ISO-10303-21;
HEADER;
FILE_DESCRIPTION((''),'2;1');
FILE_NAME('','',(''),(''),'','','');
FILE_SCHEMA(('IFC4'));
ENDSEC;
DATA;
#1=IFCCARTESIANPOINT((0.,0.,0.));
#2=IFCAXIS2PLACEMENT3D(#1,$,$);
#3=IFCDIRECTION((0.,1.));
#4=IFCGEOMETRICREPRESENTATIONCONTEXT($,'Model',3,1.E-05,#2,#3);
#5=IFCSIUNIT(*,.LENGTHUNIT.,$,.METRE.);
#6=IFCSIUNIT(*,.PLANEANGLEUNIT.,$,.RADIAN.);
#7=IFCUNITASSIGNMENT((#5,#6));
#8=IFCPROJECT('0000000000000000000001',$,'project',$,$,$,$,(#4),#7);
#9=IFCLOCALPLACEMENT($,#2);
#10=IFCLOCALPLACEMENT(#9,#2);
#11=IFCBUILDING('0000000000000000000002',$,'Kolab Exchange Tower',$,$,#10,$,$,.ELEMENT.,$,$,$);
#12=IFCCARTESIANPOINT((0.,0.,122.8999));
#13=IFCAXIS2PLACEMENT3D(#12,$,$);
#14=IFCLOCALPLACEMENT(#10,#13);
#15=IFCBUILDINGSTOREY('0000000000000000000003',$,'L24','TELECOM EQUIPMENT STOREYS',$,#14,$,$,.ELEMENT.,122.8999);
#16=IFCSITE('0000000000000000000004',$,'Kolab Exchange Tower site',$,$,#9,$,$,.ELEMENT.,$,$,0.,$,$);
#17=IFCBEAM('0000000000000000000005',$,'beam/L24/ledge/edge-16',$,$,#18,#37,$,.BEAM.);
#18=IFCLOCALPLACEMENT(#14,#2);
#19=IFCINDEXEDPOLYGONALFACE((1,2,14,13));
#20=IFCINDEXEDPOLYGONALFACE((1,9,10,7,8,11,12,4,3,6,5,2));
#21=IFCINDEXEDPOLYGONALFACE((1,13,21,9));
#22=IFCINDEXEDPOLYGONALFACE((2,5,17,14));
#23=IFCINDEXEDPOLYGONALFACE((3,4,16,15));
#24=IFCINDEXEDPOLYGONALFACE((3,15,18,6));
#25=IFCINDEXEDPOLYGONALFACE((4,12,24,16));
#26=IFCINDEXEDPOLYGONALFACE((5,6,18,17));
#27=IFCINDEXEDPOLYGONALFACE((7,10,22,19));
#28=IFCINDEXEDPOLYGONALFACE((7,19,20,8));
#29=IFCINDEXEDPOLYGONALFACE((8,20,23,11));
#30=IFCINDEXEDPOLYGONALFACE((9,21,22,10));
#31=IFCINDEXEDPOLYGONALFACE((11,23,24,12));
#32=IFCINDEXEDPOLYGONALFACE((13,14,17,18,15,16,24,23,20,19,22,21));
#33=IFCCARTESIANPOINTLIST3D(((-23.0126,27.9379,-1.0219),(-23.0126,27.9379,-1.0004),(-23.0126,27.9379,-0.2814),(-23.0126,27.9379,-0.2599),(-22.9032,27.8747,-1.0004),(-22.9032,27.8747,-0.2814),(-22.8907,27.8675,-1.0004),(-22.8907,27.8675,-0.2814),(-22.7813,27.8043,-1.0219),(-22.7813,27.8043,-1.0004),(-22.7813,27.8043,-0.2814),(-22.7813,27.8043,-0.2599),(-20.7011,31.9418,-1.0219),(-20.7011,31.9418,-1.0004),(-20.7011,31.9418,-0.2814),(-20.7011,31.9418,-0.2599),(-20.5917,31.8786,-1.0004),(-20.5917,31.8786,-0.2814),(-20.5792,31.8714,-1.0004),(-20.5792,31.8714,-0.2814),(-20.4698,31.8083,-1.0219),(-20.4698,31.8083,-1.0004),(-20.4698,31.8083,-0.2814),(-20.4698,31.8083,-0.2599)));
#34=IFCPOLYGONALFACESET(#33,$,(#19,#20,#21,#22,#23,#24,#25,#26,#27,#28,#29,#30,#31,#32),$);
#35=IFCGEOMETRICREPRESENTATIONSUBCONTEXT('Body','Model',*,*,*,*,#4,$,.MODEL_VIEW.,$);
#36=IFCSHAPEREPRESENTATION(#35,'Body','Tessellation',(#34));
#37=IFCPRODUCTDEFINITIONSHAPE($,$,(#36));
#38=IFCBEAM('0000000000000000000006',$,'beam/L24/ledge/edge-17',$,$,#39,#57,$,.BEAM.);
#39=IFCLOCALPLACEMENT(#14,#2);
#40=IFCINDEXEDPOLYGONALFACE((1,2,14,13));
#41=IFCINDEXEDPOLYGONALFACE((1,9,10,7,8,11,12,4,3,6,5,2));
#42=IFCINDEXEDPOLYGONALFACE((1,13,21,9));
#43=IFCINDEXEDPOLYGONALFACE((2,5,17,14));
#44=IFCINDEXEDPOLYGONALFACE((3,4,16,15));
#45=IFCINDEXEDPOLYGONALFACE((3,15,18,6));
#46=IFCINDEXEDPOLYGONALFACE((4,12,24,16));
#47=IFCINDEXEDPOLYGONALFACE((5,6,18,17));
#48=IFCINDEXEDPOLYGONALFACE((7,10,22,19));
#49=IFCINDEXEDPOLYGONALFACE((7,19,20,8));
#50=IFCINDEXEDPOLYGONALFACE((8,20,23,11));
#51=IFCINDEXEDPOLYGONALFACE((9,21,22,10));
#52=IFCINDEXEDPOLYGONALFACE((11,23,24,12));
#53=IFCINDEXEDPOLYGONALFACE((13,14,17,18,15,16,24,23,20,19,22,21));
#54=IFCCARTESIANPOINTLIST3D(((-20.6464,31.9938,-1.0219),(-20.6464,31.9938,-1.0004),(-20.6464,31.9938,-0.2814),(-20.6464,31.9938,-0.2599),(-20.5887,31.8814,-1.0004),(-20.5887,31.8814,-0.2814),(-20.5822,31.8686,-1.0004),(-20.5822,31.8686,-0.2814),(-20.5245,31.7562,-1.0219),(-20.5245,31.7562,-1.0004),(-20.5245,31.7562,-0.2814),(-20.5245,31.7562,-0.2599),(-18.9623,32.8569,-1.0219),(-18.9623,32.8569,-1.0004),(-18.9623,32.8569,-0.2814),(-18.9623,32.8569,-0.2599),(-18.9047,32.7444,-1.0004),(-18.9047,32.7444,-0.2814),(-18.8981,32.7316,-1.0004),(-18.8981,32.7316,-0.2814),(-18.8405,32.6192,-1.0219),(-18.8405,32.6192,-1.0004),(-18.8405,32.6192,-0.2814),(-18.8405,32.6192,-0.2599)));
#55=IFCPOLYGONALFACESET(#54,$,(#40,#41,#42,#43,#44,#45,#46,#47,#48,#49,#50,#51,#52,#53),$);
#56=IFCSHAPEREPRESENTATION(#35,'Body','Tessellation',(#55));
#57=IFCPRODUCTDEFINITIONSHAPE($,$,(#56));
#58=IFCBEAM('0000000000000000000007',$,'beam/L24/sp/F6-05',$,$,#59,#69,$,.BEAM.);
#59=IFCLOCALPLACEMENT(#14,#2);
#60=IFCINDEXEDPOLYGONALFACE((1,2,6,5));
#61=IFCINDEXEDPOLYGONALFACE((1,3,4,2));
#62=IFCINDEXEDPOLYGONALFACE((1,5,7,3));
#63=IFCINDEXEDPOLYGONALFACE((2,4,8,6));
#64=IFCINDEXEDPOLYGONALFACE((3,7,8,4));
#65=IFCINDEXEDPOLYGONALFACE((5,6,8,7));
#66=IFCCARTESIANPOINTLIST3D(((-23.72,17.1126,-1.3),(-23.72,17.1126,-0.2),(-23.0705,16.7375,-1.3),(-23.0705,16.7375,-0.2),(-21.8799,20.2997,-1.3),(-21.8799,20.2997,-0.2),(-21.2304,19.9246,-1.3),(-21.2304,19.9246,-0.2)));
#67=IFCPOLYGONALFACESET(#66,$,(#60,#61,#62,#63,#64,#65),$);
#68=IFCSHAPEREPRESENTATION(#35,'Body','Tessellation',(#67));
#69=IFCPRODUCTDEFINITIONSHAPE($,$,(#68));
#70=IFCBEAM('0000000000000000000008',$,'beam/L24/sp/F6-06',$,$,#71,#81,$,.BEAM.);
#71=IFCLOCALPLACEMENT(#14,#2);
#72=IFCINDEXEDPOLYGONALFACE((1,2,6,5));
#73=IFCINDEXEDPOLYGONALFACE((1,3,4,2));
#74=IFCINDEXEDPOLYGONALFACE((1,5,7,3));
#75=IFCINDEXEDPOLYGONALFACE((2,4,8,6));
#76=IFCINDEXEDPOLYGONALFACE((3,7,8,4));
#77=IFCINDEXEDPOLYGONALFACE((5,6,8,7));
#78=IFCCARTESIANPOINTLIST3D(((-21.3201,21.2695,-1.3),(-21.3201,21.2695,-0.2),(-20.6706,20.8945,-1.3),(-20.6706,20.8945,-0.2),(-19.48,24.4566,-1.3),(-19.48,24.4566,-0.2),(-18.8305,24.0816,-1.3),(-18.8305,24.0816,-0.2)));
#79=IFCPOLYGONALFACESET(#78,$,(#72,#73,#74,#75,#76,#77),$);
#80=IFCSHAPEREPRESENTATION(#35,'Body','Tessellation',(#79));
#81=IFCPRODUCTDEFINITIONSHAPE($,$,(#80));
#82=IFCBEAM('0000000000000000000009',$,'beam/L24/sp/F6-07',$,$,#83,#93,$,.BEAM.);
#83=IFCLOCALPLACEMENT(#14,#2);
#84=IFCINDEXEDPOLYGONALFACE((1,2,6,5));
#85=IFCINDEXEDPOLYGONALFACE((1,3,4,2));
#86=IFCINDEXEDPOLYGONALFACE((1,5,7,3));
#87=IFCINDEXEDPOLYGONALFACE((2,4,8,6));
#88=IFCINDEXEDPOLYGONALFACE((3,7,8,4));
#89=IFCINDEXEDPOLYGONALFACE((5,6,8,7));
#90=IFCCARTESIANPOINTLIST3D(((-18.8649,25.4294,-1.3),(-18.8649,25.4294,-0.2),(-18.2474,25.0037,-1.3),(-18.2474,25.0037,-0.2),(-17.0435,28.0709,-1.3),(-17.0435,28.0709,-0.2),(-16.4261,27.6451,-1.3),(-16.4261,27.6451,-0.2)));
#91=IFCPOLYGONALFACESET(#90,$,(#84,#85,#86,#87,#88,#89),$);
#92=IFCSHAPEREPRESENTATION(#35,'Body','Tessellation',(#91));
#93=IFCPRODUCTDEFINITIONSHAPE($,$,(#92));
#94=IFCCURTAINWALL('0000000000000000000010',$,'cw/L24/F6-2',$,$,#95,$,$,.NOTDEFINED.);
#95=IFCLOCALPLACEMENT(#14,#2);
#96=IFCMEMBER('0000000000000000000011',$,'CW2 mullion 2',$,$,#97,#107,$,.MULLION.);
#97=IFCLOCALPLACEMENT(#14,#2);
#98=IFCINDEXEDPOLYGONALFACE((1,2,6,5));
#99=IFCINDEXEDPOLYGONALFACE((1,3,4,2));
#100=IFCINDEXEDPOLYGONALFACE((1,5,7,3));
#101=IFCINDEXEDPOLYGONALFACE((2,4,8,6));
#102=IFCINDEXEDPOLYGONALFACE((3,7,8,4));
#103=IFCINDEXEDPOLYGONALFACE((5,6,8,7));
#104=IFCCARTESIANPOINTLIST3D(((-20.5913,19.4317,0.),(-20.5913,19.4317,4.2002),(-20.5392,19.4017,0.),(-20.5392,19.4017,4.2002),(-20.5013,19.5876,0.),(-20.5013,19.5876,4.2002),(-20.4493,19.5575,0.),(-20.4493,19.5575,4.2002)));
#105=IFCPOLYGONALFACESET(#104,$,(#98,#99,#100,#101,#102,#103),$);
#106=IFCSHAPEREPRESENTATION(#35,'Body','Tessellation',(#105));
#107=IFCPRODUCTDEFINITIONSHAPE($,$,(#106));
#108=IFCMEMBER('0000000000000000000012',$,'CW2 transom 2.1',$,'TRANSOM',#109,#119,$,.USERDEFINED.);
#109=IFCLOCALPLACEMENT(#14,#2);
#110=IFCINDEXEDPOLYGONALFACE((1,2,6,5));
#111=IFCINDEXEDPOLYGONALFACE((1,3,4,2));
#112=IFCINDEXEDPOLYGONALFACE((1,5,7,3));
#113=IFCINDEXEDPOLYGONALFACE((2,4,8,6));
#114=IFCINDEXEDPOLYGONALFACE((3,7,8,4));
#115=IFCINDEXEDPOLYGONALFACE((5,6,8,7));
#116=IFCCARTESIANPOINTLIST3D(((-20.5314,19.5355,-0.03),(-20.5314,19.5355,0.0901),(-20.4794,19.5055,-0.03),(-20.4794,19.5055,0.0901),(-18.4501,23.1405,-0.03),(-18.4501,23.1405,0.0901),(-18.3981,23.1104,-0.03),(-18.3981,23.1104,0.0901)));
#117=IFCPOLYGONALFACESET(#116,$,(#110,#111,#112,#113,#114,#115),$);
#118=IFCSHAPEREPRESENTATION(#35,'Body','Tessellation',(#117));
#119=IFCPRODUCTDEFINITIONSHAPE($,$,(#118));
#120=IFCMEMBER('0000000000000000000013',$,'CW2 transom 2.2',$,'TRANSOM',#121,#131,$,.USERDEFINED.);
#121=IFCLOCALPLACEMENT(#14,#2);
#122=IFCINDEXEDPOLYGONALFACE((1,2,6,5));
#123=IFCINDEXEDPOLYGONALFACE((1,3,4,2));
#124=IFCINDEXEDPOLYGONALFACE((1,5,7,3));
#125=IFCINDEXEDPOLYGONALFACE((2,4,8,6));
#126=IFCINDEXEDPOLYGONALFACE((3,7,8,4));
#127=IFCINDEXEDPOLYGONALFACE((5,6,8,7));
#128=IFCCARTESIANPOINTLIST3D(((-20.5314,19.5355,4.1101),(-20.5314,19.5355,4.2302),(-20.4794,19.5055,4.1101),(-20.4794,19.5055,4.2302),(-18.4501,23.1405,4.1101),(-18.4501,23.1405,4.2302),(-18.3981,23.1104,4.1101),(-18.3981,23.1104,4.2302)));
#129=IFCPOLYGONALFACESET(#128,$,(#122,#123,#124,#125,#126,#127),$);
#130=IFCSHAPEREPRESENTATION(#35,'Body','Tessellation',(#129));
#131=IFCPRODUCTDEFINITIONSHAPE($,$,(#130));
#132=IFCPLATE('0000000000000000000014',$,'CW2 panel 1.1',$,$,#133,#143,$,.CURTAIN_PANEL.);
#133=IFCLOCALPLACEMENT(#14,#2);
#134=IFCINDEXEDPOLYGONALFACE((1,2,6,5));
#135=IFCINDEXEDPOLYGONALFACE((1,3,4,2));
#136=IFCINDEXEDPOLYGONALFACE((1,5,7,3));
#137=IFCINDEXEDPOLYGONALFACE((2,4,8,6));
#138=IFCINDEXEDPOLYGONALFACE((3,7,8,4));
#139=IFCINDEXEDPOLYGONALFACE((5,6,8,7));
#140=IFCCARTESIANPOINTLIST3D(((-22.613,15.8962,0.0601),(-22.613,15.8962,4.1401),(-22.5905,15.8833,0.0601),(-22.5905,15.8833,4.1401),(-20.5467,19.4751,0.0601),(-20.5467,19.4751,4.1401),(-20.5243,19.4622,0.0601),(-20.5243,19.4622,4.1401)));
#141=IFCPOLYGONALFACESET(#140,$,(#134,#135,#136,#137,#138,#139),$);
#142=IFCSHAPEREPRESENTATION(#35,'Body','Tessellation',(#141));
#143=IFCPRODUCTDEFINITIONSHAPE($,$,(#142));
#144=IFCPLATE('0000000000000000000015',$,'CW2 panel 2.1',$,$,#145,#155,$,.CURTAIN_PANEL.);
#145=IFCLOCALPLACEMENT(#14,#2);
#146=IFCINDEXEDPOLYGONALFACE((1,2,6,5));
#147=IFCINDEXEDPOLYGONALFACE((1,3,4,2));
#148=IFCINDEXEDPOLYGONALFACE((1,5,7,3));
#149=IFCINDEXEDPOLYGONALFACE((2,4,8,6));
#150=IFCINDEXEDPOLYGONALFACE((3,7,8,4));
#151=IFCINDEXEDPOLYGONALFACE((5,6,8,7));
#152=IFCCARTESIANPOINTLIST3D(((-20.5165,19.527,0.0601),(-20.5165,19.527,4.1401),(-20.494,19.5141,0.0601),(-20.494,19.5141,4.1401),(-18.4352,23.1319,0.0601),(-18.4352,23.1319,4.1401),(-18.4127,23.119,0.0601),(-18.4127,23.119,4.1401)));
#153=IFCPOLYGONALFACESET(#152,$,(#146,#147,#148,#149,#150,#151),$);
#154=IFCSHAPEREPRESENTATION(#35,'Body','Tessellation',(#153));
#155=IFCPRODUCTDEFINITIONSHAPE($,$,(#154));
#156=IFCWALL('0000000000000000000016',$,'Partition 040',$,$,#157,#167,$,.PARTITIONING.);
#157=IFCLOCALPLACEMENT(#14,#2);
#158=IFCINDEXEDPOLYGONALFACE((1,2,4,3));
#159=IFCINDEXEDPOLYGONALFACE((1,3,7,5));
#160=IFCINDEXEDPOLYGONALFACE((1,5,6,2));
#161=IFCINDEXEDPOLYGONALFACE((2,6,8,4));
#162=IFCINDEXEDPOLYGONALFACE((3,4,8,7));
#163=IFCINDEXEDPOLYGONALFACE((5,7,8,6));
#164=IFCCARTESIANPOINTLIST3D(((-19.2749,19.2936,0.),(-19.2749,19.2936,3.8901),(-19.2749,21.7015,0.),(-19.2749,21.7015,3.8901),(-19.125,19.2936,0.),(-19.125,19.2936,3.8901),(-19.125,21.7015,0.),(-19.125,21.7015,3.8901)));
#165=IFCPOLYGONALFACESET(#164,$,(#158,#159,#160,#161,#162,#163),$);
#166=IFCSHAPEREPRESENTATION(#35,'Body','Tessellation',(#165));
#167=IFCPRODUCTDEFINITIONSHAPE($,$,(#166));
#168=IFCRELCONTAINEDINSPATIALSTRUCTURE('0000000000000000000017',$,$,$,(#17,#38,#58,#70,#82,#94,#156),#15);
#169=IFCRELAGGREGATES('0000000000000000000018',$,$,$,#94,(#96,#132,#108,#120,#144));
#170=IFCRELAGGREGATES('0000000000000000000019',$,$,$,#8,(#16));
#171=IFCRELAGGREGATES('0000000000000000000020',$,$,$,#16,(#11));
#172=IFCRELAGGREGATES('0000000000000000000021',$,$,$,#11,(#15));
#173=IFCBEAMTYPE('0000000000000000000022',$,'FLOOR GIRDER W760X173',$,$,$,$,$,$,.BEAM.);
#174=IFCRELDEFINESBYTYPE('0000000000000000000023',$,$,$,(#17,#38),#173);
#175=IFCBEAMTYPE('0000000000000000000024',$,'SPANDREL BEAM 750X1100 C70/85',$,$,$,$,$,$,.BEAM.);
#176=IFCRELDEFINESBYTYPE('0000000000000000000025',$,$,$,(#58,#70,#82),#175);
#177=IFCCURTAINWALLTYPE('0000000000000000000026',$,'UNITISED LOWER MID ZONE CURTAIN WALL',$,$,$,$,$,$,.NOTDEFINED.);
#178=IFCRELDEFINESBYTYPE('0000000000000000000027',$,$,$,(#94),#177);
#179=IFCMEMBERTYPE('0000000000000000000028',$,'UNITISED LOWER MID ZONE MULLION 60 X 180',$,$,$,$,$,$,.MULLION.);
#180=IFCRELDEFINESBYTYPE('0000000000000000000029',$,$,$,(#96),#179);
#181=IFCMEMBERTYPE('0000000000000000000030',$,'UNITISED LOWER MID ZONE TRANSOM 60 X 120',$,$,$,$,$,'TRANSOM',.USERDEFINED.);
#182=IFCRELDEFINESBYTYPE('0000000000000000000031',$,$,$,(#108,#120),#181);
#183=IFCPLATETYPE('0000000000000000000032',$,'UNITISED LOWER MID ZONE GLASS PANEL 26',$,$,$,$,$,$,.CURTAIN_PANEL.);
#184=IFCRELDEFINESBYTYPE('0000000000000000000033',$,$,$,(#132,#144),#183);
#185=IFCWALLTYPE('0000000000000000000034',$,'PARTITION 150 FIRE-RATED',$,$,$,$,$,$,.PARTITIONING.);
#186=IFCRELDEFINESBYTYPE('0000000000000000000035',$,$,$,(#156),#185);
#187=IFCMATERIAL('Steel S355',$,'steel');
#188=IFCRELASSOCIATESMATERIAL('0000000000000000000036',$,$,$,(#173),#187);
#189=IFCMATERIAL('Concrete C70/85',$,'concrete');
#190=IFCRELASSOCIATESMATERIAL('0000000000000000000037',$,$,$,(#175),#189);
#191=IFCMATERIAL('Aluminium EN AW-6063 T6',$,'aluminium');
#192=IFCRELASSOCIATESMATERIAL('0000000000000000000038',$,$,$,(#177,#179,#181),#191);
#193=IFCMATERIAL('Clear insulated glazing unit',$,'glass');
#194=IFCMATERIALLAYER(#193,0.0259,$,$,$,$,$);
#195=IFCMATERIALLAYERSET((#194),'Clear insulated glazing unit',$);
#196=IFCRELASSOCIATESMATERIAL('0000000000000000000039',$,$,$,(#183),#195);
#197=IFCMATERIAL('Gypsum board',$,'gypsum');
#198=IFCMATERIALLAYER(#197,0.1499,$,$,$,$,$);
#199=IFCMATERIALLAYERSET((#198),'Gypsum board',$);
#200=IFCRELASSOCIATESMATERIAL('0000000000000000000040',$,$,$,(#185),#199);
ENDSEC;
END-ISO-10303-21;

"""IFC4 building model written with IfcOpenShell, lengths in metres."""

from ifc_helpers import new_model, si_unit, direction, frame, frame_2d, origin, origin_2d, place, context, subcontext, project, spatial, rectangle, i_section, extrude, material, layer, layer_set, material_profile, profile_set, type_object, element, aggregate, save


model = new_model("IFC4")

# Units and contexts
model_context = context("Model", 3, precision=1e-05, world=origin(), true_north=direction((0.0, 1.0)))
body_context = subcontext(model_context, "Body", "Model", "MODEL_VIEW")
ifc_project = project(units=[si_unit("LENGTHUNIT", "METRE"), si_unit("PLANEANGLEUNIT", "RADIAN")], contexts=[model_context])

# Site, building, storey
site_placement = place(None, origin())
site = spatial("IfcSite", under=ifc_project, at=site_placement, Name="Kolab Exchange Tower site", CompositionType="ELEMENT", RefElevation=0.0)
building_placement = place(site_placement, origin())
building = spatial("IfcBuilding", under=site, at=building_placement, Name="Kolab Exchange Tower", CompositionType="ELEMENT")
storey_placement = place(building_placement, frame((0.0, 0.0, 122.8999)))
storey = spatial("IfcBuildingStorey", under=building, at=storey_placement, Name="L24", Description="TELECOM EQUIPMENT STOREYS", CompositionType="ELEMENT", Elevation=122.8999)

# Shared definitions
ifc_material_1 = material(Name="Concrete C70/85", Category="concrete")

# Beams
ifc_material_2 = material(Name="Steel S355", Category="steel")
ifc_material_profile_1 = material_profile(ifc_material_2, i_section(OverallWidth=0.2671, OverallDepth=0.762, WebThickness=0.0144, FlangeThickness=0.0215, at=origin_2d()), Name="W760X173")
ifc_profile_set_1 = profile_set([ifc_material_profile_1], Name="Steel S355")
beam_type_1 = type_object("IfcBeamType", Name="FLOOR GIRDER W760X173", PredefinedType="BEAM", material=ifc_profile_set_1)
beam_1_placement = place(storey_placement, frame((-22.897, 27.8711, -0.6409), z_axis=(0.499978, 0.866038, 0.0), x_axis=(-0.866038, 0.499978, 0.0)))
element("IfcBeam", 1, at=beam_1_placement, inside=storey, type_object=beam_type_1, Name="beam/L24/ledge/edge-16", PredefinedType="BEAM", context=body_context, shape_type="SweptSolid", body=[
    extrude(i_section(OverallWidth=0.2671, OverallDepth=0.762, WebThickness=0.0144, FlangeThickness=0.0215, at=origin_2d()), origin(), (0.0, 0.0, 1.0), 4.6233),
])
beam_2_placement = place(storey_placement, frame((-20.5854, 31.875, -0.6409), z_axis=(0.889945, 0.456068, 0.0), x_axis=(-0.456068, 0.889945, 0.0)))
element("IfcBeam", 2, at=beam_2_placement, inside=storey, type_object=beam_type_1, Name="beam/L24/ledge/edge-17", PredefinedType="BEAM", context=body_context, shape_type="SweptSolid", body=[
    extrude(i_section(OverallWidth=0.2671, OverallDepth=0.762, WebThickness=0.0144, FlangeThickness=0.0215, at=origin_2d()), origin(), (0.0, 0.0, 1.0), 1.8923),
])
ifc_material_profile_2 = material_profile(ifc_material_1, rectangle(XDim=0.75, YDim=1.1001, at=origin_2d()), Name="RC750X1100")
ifc_profile_set_2 = profile_set([ifc_material_profile_2], Name="Concrete C70/85")
beam_type_2 = type_object("IfcBeamType", Name="SPANDREL BEAM 750X1100 C70/85", PredefinedType="BEAM", material=ifc_profile_set_2)
for number, where, z_axis, x_axis, name in (
    (3, (-23.3953, 16.925, -0.75), (0.500013, 0.866018, 0.0), (-0.866018, 0.500013, 0.0), "beam/L24/sp/F6-05"),
    (4, (-20.9954, 21.082, -0.75), (0.500013, 0.866018, 0.0), (-0.866018, 0.500013, 0.0), "beam/L24/sp/F6-06"),
):
    element("IfcBeam", number, at=place(storey_placement, frame(where, z_axis=z_axis, x_axis=x_axis)), inside=storey, type_object=beam_type_2, Name=name, PredefinedType="BEAM", context=body_context, shape_type="SweptSolid", body=[
        extrude(rectangle(XDim=0.75, YDim=1.1001, at=origin_2d()), origin(), (0.0, 0.0, 1.0), 3.6802),
    ])
beam_3_placement = place(storey_placement, frame((-18.5562, 25.2166, -0.75), z_axis=(0.567662, 0.823262, 0.0), x_axis=(-0.823262, 0.567662, 0.0)))
element("IfcBeam", 5, at=beam_3_placement, inside=storey, type_object=beam_type_2, Name="beam/L24/sp/F6-07", PredefinedType="BEAM", context=body_context, shape_type="SweptSolid", body=[
    extrude(rectangle(XDim=0.75, YDim=1.1001, at=origin_2d()), origin(), (0.0, 0.0, 1.0), 3.2085),
])

# Curtain wall, members, plates
ifc_material_3 = material(Name="Aluminium EN AW-6063 T6", Category="aluminium")
curtain_wall_type = type_object("IfcCurtainWallType", Name="UNITISED LOWER MID ZONE CURTAIN WALL", PredefinedType="NOTDEFINED", material=ifc_material_3)
curtain_wall_placement = place(storey_placement, origin())
curtain_wall = element("IfcCurtainWall", 6, at=curtain_wall_placement, inside=storey, type_object=curtain_wall_type, Name="cw/L24/F6-2", PredefinedType="NOTDEFINED")
ifc_material_profile_3 = material_profile(ifc_material_3, rectangle(XDim=0.0601, YDim=0.1799, at=origin_2d()), Name="RECT 60X180")
ifc_profile_set_3 = profile_set([ifc_material_profile_3], Name="Aluminium EN AW-6063 T6")
member_type_1 = type_object("IfcMemberType", Name="UNITISED LOWER MID ZONE MULLION 60 X 180", PredefinedType="MULLION", material=ifc_profile_set_3)
member_1_placement = place(storey_placement, frame((-20.5203, 19.4946, 0.0), z_axis=(0.0, 0.0, 1.0), x_axis=(-0.866025, 0.5, 0.0)))
member_1 = element("IfcMember", 7, at=member_1_placement, type_object=member_type_1, Name="CW2 mullion 2", PredefinedType="MULLION", context=body_context, shape_type="SweptSolid", body=[
    extrude(rectangle(XDim=0.0601, YDim=0.1799, at=origin_2d()), origin(), (0.0, 0.0, 1.0), 4.2002),
])
ifc_material_profile_4 = material_profile(ifc_material_3, rectangle(XDim=0.0601, YDim=0.1201, at=origin_2d()), Name="RECT 60X120")
ifc_profile_set_4 = profile_set([ifc_material_profile_4], Name="Aluminium EN AW-6063 T6")
member_type_2 = type_object("IfcMemberType", Name="UNITISED LOWER MID ZONE TRANSOM 60 X 120", ElementType="TRANSOM", PredefinedType="USERDEFINED", material=ifc_profile_set_4)
member_2_placement = place(storey_placement, frame((-20.5054, 19.5205, 0.03), z_axis=(0.499993, 0.866029, 0.0), x_axis=(-0.866029, 0.499993, 0.0)))
member_2 = element("IfcMember", 8, at=member_2_placement, type_object=member_type_2, Name="CW2 transom 2.1", ObjectType="TRANSOM", PredefinedType="USERDEFINED", context=body_context, shape_type="SweptSolid", body=[
    extrude(rectangle(XDim=0.0601, YDim=0.1201, at=origin_2d()), origin(), (0.0, 0.0, 1.0), 4.1626),
])
member_3_placement = place(storey_placement, frame((-20.5054, 19.5205, 4.1702), z_axis=(0.499993, 0.866029, 0.0), x_axis=(-0.866029, 0.499993, 0.0)))
member_3 = element("IfcMember", 9, at=member_3_placement, type_object=member_type_2, Name="CW2 transom 2.2", ObjectType="TRANSOM", PredefinedType="USERDEFINED", context=body_context, shape_type="SweptSolid", body=[
    extrude(rectangle(XDim=0.0601, YDim=0.1201, at=origin_2d()), origin(), (0.0, 0.0, 1.0), 4.1626),
])
ifc_material_4 = material(Name="Clear insulated glazing unit", Category="glass")
ifc_layer_1 = layer(ifc_material_4, 0.0259)
ifc_layer_set_1 = layer_set([ifc_layer_1], Name="Clear insulated glazing unit")
plate_type = type_object("IfcPlateType", Name="UNITISED LOWER MID ZONE GLASS PANEL 26", PredefinedType="CURTAIN_PANEL", material=ifc_layer_set_1)
plate_1_placement = place(storey_placement, frame((-21.5686, 17.6792, 0.0601), z_axis=(0.0, 0.0, 1.0), x_axis=(0.5, 0.866025, 0.0)))
plate_1 = element("IfcPlate", 10, at=plate_1_placement, type_object=plate_type, Name="CW2 panel 1.1", PredefinedType="CURTAIN_PANEL", context=body_context, shape_type="SweptSolid", body=[
    extrude(rectangle(XDim=4.1326, YDim=0.0259, at=origin_2d()), origin(), (0.0, 0.0, 1.0), 4.0801),
])
plate_2_placement = place(storey_placement, frame((-19.4646, 21.323, 0.0601), z_axis=(0.0, 0.0, 1.0), x_axis=(0.5, 0.866025, 0.0)))
plate_2 = element("IfcPlate", 11, at=plate_2_placement, type_object=plate_type, Name="CW2 panel 2.1", PredefinedType="CURTAIN_PANEL", context=body_context, shape_type="SweptSolid", body=[
    extrude(rectangle(XDim=4.1626, YDim=0.0259, at=origin_2d()), origin(), (0.0, 0.0, 1.0), 4.0801),
])
aggregate(curtain_wall, [member_1, plate_1, member_2, member_3, plate_2])

# Wall
ifc_material_5 = material(Name="Gypsum board", Category="gypsum")
ifc_layer_2 = layer(ifc_material_5, 0.1499)
ifc_layer_set_2 = layer_set([ifc_layer_2], Name="Gypsum board")
wall_type = type_object("IfcWallType", Name="PARTITION 150 FIRE-RATED", PredefinedType="PARTITIONING", material=ifc_layer_set_2)
wall_placement = place(storey_placement, frame((-19.2, 19.2935, 0.0), z_axis=(0.0, 0.0, 1.0), x_axis=(0.0, 1.0, 0.0)))
element("IfcWall", 12, at=wall_placement, inside=storey, type_object=wall_type, Name="Partition 040", PredefinedType="PARTITIONING", context=body_context, shape_type="SweptSolid", body=[
    extrude(rectangle(XDim=2.408, YDim=0.1499, at=frame_2d((1.2041, 0.0))), origin(), (0.0, 0.0, 1.0), 3.8901),
])

save(model, "model.ifc")
